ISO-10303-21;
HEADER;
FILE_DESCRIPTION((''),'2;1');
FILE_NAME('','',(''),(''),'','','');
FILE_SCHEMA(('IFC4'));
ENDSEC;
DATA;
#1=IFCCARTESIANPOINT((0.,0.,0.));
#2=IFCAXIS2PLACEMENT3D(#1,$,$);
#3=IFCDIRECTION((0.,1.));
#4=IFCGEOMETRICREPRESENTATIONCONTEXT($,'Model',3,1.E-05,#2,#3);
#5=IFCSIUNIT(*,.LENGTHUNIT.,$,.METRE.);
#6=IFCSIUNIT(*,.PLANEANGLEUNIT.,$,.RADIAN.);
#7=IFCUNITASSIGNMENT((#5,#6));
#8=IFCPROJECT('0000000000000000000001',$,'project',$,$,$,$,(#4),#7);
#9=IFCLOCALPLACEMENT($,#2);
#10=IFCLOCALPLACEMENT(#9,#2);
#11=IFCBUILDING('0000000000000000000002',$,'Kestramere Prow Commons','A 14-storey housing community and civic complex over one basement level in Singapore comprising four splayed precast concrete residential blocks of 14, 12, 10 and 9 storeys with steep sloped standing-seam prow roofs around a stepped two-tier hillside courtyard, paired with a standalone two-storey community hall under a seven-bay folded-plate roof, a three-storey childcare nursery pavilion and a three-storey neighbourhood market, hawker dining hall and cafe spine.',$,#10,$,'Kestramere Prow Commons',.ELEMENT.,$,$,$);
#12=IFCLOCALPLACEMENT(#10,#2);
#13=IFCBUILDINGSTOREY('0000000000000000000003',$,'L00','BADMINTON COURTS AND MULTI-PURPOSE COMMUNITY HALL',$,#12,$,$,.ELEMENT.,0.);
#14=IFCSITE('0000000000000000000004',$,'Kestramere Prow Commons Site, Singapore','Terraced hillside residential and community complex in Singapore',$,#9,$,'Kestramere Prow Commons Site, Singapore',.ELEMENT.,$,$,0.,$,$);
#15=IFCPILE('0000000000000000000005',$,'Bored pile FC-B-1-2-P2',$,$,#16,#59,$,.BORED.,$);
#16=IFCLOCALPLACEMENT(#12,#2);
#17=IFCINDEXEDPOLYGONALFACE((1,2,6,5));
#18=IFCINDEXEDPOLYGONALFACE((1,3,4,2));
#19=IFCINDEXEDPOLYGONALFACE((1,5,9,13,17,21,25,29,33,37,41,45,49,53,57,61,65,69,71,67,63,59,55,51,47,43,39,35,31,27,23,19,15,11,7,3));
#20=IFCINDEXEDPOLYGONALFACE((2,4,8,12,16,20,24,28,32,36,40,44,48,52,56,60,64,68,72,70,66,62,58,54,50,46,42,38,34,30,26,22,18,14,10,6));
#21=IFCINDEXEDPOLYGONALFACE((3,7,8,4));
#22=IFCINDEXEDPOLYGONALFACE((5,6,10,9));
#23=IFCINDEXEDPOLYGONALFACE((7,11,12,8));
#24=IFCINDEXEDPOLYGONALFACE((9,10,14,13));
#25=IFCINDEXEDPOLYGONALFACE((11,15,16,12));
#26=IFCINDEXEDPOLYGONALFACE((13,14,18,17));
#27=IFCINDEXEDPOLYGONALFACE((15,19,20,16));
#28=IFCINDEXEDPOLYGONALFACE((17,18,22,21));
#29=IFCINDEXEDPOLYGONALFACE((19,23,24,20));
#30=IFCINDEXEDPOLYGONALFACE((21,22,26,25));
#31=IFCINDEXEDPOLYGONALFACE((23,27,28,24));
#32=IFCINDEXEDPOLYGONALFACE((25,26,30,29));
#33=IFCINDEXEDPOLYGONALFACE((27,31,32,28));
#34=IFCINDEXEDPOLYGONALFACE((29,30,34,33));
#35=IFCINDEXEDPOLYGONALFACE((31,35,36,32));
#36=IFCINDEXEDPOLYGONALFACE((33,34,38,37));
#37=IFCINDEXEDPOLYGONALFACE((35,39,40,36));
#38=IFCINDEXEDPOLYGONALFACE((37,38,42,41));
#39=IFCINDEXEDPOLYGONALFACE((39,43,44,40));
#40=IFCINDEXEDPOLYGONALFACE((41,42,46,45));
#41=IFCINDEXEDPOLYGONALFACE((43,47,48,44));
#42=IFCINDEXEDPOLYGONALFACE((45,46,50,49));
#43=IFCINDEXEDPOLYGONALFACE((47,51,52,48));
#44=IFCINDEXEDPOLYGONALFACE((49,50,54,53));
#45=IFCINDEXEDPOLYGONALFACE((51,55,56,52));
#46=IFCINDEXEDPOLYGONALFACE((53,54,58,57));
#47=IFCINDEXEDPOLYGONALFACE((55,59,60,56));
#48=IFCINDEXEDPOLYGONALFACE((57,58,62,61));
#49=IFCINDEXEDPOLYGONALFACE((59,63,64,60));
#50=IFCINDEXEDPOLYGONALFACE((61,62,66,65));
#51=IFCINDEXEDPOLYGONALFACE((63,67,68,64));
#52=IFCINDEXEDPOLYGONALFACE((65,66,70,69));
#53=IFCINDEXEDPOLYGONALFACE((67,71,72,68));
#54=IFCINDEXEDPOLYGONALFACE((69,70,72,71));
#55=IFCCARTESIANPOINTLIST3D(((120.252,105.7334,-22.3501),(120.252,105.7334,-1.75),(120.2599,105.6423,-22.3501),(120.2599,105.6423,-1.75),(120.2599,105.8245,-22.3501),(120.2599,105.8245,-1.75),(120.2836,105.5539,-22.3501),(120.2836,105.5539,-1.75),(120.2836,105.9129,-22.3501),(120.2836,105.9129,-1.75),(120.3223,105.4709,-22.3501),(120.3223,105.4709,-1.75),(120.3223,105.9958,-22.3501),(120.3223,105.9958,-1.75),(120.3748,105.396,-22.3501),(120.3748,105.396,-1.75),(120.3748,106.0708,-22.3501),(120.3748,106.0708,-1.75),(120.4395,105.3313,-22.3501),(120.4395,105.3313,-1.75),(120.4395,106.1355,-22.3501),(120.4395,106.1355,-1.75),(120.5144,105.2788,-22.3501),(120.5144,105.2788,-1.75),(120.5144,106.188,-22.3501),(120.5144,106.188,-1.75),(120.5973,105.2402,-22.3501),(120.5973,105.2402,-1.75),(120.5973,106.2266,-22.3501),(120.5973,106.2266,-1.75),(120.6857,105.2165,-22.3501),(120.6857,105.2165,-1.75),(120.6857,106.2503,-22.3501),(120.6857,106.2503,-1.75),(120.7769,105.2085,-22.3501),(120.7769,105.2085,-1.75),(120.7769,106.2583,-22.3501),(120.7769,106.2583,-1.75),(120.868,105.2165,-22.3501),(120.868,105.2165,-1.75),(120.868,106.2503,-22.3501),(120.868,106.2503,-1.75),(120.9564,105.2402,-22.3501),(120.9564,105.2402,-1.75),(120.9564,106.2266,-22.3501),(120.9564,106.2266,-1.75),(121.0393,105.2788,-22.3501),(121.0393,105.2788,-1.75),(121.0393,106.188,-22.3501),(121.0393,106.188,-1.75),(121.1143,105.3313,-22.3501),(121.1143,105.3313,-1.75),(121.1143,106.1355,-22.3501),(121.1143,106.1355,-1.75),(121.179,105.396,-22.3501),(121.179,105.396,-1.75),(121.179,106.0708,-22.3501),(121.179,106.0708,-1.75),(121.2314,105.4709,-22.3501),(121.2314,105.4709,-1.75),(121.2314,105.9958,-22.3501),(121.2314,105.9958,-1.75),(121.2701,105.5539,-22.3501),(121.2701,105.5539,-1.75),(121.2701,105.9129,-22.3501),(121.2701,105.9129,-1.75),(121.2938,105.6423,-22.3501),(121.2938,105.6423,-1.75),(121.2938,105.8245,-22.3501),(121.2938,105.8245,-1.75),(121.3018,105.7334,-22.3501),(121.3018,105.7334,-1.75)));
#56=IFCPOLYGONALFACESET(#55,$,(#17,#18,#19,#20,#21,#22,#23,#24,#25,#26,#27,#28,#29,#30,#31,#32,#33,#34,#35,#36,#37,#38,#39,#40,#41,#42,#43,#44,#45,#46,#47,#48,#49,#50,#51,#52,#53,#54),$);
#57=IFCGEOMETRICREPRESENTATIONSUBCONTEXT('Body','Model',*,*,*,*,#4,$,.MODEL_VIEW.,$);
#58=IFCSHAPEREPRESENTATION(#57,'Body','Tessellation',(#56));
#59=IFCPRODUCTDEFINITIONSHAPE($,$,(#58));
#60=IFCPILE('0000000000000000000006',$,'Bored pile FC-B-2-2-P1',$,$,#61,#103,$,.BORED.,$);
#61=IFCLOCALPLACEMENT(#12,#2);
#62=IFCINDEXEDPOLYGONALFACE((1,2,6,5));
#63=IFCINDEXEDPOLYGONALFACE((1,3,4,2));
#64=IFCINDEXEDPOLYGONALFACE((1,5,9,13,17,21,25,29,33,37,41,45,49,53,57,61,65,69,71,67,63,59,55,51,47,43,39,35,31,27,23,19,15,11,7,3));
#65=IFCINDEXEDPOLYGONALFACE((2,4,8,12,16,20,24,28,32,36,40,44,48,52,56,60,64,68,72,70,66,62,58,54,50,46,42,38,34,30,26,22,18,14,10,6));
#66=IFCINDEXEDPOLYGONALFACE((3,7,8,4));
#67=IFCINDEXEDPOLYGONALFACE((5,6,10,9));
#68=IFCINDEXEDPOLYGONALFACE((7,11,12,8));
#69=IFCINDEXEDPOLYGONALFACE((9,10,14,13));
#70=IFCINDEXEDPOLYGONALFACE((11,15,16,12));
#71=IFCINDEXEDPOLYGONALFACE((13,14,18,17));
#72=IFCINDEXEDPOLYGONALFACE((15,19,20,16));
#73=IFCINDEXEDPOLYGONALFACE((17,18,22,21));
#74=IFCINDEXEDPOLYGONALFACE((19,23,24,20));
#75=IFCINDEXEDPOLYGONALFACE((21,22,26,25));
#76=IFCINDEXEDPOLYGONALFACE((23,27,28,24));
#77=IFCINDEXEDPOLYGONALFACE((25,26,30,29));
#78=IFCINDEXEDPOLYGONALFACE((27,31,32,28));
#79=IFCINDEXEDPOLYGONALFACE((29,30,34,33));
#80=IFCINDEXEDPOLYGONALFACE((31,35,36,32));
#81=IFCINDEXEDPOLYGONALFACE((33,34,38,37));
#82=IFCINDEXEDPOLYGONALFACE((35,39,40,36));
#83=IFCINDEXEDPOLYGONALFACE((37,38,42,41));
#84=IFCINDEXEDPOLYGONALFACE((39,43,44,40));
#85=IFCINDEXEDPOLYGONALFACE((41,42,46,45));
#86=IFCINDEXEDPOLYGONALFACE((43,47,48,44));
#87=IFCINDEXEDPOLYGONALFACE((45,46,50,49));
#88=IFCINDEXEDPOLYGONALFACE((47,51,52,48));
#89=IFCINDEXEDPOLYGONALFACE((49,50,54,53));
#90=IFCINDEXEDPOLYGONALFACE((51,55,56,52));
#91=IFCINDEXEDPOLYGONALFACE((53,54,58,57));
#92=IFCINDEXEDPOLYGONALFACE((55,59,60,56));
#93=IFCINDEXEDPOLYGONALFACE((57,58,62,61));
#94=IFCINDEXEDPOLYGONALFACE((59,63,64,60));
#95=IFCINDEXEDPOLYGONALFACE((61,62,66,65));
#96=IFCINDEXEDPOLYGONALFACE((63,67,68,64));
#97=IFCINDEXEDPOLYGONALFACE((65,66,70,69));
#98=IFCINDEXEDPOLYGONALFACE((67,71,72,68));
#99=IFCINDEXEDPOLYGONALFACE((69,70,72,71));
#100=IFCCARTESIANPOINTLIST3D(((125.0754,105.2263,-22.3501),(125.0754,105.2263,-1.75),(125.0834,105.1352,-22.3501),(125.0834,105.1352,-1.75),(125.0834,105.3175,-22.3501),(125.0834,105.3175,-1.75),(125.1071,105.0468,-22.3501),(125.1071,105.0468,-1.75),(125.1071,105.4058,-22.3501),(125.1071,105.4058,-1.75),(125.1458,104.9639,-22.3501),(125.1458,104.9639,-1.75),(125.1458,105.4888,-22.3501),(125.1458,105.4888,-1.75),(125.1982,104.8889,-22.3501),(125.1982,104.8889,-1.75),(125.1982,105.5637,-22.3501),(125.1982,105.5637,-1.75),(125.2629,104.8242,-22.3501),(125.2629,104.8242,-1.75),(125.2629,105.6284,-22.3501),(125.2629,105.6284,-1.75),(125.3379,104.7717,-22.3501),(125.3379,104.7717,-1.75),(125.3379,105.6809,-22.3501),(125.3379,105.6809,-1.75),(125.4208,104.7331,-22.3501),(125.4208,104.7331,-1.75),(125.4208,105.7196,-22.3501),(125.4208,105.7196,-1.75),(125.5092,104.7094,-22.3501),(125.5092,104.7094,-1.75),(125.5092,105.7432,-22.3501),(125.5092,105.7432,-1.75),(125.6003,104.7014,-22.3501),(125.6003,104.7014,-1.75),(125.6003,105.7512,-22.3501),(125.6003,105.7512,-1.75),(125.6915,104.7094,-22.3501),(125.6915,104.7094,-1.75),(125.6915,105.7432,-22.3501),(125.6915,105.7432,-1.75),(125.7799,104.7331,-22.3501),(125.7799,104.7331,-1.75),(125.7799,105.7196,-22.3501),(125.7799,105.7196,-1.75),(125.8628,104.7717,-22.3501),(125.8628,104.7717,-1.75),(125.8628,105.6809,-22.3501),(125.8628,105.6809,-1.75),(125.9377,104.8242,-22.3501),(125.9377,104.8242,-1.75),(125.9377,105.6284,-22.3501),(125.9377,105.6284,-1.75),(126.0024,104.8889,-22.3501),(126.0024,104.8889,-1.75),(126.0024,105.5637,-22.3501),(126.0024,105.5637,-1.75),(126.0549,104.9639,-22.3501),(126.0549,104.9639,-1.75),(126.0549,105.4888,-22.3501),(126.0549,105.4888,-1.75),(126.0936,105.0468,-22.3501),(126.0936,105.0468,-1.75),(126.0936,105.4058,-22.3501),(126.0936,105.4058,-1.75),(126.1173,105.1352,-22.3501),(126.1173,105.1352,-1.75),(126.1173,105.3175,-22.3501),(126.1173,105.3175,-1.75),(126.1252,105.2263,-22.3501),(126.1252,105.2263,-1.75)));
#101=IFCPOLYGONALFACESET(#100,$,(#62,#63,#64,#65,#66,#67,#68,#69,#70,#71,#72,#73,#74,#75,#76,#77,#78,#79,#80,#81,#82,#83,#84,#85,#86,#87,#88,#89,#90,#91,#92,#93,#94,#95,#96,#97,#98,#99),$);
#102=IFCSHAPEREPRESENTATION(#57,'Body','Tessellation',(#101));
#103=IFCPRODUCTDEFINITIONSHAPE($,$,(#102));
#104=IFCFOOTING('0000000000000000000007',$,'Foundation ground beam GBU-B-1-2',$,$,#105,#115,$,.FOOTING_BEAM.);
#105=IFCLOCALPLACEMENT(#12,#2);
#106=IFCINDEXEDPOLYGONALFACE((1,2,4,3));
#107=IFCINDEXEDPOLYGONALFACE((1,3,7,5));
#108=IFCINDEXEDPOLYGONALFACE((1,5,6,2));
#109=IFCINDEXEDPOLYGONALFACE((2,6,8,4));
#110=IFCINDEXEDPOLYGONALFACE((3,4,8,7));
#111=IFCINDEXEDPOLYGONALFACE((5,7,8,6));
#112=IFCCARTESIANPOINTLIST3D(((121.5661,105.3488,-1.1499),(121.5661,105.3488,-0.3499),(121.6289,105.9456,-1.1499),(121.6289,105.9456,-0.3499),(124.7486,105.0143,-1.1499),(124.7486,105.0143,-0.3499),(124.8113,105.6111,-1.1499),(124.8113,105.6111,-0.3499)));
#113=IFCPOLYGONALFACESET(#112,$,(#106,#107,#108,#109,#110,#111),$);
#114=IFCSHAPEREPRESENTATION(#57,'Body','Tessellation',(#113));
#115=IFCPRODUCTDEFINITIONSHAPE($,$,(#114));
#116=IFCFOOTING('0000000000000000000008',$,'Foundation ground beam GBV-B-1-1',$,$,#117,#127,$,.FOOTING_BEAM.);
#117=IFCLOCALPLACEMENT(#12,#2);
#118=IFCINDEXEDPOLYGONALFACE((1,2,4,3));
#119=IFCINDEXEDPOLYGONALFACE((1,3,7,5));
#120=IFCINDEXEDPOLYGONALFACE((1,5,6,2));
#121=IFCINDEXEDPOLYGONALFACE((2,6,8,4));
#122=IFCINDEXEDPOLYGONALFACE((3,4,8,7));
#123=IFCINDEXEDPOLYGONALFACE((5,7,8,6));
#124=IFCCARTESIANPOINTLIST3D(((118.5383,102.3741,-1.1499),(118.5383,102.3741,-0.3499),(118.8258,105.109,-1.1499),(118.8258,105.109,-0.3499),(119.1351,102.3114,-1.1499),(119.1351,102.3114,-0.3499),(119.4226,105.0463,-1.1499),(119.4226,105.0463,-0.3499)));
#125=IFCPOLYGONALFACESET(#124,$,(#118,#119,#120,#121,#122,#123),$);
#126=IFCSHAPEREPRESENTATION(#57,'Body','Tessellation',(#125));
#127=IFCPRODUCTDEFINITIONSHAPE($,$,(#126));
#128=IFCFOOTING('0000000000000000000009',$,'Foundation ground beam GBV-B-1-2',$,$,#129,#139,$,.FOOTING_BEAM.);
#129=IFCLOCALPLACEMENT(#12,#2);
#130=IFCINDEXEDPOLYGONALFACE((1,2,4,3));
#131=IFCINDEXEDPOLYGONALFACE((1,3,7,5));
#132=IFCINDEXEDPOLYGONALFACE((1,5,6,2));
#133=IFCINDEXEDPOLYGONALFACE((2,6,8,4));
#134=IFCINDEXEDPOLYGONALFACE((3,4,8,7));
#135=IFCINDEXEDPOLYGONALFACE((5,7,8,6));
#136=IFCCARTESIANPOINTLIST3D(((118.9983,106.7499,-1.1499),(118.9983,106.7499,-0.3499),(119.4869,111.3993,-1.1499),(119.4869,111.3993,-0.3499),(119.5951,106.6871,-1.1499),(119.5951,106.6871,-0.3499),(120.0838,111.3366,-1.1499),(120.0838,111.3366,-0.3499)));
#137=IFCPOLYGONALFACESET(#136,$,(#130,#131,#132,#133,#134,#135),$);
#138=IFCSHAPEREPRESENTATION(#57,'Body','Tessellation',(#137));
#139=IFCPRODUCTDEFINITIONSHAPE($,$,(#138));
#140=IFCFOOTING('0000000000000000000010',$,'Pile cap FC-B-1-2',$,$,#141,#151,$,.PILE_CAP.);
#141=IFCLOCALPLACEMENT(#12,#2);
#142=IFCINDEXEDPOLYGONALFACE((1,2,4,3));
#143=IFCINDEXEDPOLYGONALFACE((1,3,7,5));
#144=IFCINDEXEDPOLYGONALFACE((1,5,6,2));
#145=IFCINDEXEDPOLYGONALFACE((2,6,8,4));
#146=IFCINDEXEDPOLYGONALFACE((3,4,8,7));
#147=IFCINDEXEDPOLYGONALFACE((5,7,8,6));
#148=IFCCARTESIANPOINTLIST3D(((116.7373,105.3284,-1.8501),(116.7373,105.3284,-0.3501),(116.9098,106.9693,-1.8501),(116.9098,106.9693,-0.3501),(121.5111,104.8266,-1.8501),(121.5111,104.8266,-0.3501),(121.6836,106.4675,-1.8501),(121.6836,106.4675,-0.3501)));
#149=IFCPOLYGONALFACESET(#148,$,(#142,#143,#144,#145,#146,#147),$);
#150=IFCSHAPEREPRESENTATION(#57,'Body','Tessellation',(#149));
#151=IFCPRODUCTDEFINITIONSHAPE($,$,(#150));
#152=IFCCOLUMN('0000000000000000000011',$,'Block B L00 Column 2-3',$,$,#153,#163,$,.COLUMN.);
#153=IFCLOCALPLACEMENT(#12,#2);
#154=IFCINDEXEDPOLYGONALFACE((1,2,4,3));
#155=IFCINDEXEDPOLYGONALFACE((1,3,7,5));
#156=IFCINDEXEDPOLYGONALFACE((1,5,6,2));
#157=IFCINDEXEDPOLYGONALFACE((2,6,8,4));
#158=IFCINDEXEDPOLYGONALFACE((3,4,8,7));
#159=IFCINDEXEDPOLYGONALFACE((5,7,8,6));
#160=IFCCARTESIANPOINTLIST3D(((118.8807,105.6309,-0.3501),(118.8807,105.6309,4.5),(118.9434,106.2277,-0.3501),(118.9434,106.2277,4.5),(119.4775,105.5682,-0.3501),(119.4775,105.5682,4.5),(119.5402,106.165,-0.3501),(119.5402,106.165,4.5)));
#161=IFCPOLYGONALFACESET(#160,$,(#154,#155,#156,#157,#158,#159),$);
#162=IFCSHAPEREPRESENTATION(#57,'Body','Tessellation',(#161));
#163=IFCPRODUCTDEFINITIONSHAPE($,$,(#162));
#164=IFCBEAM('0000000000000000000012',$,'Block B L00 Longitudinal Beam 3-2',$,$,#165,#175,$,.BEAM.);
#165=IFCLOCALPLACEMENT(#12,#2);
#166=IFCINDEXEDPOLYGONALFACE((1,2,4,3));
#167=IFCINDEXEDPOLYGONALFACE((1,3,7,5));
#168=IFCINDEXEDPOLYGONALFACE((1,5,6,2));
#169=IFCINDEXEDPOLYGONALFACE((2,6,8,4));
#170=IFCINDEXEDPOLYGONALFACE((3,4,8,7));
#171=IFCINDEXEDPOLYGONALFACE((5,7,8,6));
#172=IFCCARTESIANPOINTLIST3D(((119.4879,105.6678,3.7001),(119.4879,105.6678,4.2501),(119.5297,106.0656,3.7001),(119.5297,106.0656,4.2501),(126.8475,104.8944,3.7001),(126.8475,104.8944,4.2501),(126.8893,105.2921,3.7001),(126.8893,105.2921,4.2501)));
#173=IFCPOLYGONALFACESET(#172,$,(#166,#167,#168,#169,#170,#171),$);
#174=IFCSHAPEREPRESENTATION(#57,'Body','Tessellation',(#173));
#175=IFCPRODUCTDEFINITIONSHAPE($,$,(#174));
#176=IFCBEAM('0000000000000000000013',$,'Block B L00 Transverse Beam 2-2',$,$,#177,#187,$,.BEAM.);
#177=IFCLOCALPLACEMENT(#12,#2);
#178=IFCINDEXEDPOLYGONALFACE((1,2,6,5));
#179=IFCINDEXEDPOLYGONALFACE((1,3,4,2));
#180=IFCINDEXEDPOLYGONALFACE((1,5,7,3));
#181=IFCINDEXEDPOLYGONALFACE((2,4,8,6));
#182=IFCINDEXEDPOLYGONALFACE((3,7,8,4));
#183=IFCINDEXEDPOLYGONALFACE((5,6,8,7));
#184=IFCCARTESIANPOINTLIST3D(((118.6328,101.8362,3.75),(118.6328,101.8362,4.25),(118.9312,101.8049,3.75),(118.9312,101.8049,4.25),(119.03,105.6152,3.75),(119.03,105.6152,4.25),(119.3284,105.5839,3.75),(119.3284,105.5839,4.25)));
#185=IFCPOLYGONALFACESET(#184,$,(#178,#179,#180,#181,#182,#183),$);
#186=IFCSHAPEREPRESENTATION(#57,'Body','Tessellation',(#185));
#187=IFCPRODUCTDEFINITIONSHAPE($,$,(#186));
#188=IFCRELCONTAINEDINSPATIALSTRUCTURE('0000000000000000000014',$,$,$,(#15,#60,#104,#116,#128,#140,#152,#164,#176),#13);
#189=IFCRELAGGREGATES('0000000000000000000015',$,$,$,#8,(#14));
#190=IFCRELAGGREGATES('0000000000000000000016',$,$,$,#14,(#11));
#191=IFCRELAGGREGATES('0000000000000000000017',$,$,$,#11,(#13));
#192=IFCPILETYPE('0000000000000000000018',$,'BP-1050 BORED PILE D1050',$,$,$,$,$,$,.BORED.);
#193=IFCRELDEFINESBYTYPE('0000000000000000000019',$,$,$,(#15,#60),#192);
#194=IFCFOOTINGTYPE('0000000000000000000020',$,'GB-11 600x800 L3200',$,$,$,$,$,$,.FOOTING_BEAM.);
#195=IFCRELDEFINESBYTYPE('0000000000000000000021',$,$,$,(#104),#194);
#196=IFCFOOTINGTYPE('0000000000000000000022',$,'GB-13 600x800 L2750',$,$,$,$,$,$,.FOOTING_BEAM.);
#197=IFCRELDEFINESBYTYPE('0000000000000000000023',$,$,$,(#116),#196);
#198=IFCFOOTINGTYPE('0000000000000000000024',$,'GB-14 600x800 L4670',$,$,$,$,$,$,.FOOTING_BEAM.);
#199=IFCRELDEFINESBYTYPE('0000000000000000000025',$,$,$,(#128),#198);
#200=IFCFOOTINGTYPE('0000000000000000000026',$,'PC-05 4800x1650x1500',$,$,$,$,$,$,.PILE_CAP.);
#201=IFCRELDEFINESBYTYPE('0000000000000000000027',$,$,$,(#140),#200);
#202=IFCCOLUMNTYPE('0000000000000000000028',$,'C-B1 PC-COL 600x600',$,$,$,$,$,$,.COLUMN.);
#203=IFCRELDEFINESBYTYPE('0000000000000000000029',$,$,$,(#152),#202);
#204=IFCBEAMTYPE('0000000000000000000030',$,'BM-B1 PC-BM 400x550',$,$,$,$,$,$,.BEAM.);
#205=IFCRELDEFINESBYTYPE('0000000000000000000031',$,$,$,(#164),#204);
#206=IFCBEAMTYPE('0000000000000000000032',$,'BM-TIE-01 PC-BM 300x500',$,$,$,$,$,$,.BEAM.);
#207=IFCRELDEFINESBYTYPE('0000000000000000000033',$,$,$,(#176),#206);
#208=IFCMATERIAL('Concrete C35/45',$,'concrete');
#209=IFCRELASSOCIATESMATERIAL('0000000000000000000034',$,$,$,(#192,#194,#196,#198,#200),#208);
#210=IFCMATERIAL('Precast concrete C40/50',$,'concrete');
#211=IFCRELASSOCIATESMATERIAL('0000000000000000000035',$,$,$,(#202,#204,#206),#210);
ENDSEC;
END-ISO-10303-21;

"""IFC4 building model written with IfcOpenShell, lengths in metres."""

from ifc_helpers import new_model, si_unit, direction, frame, origin, origin_2d, place, context, subcontext, project, spatial, rectangle, circle, extrude, material, material_profile, profile_set, type_object, element, save


model = new_model("IFC4")

# Units and contexts
model_context = context("Model", 3, precision=1e-05, world=origin(), true_north=direction((0.0, 1.0)))
body_context = subcontext(model_context, "Body", "Model", "MODEL_VIEW")
ifc_project = project(units=[si_unit("LENGTHUNIT", "METRE"), si_unit("PLANEANGLEUNIT", "RADIAN")], contexts=[model_context])

# Site, building, storey
site_placement = place(None, origin())
site = spatial("IfcSite", under=ifc_project, at=site_placement, Name="Kestramere Prow Commons Site, Singapore", Description="Terraced hillside residential and community complex in Singapore", LongName="Kestramere Prow Commons Site, Singapore", CompositionType="ELEMENT", RefElevation=0.0)
building_placement = place(site_placement, origin())
building = spatial("IfcBuilding", under=site, at=building_placement, Name="Kestramere Prow Commons", Description="A 14-storey housing community and civic complex over one basement level in Singapore comprising four splayed precast concrete residential blocks of 14, 12, 10 and 9 storeys with steep sloped standing-seam prow roofs around a stepped two-tier hillside courtyard, paired with a standalone two-storey community hall under a seven-bay folded-plate roof, a three-storey childcare nursery pavilion and a three-storey neighbourhood market, hawker dining hall and cafe spine.", LongName="Kestramere Prow Commons", CompositionType="ELEMENT")
storey_placement = place(building_placement, origin())
storey = spatial("IfcBuildingStorey", under=building, at=storey_placement, Name="L00", Description="BADMINTON COURTS AND MULTI-PURPOSE COMMUNITY HALL", CompositionType="ELEMENT", Elevation=0.0)

# Piles
ifc_material_1 = material(Name="Concrete C35/45", Category="concrete")
ifc_material_profile_1 = material_profile(ifc_material_1, circle(Radius=0.5249, at=origin_2d()), Name="BORED PILE D1050")
ifc_profile_set_1 = profile_set([ifc_material_profile_1], Name="Concrete C35/45")
pile_type = type_object("IfcPileType", Name="BP-1050 BORED PILE D1050", PredefinedType="BORED", material=ifc_profile_set_1)
for number, where, z_axis, x_axis, name in (
    (1, (120.7769, 105.7334, -1.75), (0.0, 0.0, -1.0), (1.0, 0.0, 0.0), "Bored pile FC-B-1-2-P2"),
    (2, (125.6003, 105.2263, -1.75), (0.0, 0.0, -1.0), (1.0, 0.0, 0.0), "Bored pile FC-B-2-2-P1"),
):
    element("IfcPile", number, at=place(storey_placement, frame(where, z_axis=z_axis, x_axis=x_axis)), inside=storey, type_object=pile_type, Name=name, PredefinedType="BORED", context=body_context, shape_type="SweptSolid", body=[
        extrude(circle(Radius=0.5249, at=origin_2d()), origin(), (0.0, 0.0, 1.0), 20.6001),
    ])

# Footings
footing_type_1 = type_object("IfcFootingType", Name="GB-11 600x800 L3200", PredefinedType="FOOTING_BEAM", material=ifc_material_1)
footing_1_placement = place(storey_placement, frame((123.1887, 105.48, -1.1499), z_axis=(0.0, 0.0, 1.0), x_axis=(0.994522, -0.104528, 0.0)))
element("IfcFooting", 3, at=footing_1_placement, inside=storey, type_object=footing_type_1, Name="Foundation ground beam GBU-B-1-2", PredefinedType="FOOTING_BEAM", context=body_context, shape_type="SweptSolid", body=[
    extrude(rectangle(XDim=3.2, YDim=0.6001, at=origin_2d()), origin(), (0.0, 0.0, 1.0), 0.8),
])
footing_type_2 = type_object("IfcFootingType", Name="GB-13 600x800 L2750", PredefinedType="FOOTING_BEAM", material=ifc_material_1)
footing_2_placement = place(storey_placement, frame((118.9805, 103.7102, -1.1499), z_axis=(0.0, 0.0, 1.0), x_axis=(0.104528, 0.994522, 0.0)))
element("IfcFooting", 4, at=footing_2_placement, inside=storey, type_object=footing_type_2, Name="Foundation ground beam GBV-B-1-1", PredefinedType="FOOTING_BEAM", context=body_context, shape_type="SweptSolid", body=[
    extrude(rectangle(XDim=2.75, YDim=0.6001, at=origin_2d()), origin(), (0.0, 0.0, 1.0), 0.8),
])
footing_type_3 = type_object("IfcFootingType", Name="GB-14 600x800 L4670", PredefinedType="FOOTING_BEAM", material=ifc_material_1)
footing_3_placement = place(storey_placement, frame((119.541, 109.0432, -1.1499), z_axis=(0.0, 0.0, 1.0), x_axis=(0.104528, 0.994522, 0.0)))
element("IfcFooting", 5, at=footing_3_placement, inside=storey, type_object=footing_type_3, Name="Foundation ground beam GBV-B-1-2", PredefinedType="FOOTING_BEAM", context=body_context, shape_type="SweptSolid", body=[
    extrude(rectangle(XDim=4.675, YDim=0.6001, at=origin_2d()), origin(), (0.0, 0.0, 1.0), 0.8),
])
footing_type_4 = type_object("IfcFootingType", Name="PC-05 4800x1650x1500", PredefinedType="PILE_CAP", material=ifc_material_1)
footing_4_placement = place(storey_placement, frame((119.2104, 105.8979, -1.8501), z_axis=(0.0, 0.0, 1.0), x_axis=(0.994522, -0.104528, 0.0)))
element("IfcFooting", 6, at=footing_4_placement, inside=storey, type_object=footing_type_4, Name="Pile cap FC-B-1-2", PredefinedType="PILE_CAP", context=body_context, shape_type="SweptSolid", body=[
    extrude(rectangle(XDim=4.8, YDim=1.6499, at=origin_2d()), origin(), (0.0, 0.0, 1.0), 1.5),
])

# Column
ifc_material_2 = material(Name="Precast concrete C40/50", Category="concrete")
ifc_material_profile_2 = material_profile(ifc_material_2, rectangle(XDim=0.6001, YDim=0.6001, at=origin_2d()), Name="PC-COL 600x600")
ifc_profile_set_2 = profile_set([ifc_material_profile_2], Name="Precast concrete C40/50")
column_type = type_object("IfcColumnType", Name="C-B1 PC-COL 600x600", PredefinedType="COLUMN", material=ifc_profile_set_2)
column_placement = place(storey_placement, frame((119.2104, 105.8979, -0.3501), z_axis=(0.0, 0.0, 1.0), x_axis=(0.994522, -0.104528, 0.0)))
element("IfcColumn", 7, at=column_placement, inside=storey, type_object=column_type, Name="Block B L00 Column 2-3", PredefinedType="COLUMN", context=body_context, shape_type="SweptSolid", body=[
    extrude(rectangle(XDim=0.6001, YDim=0.6001, at=origin_2d()), origin(), (0.0, 0.0, 1.0), 4.8501),
])

# Beams
ifc_material_profile_3 = material_profile(ifc_material_2, rectangle(XDim=0.3999, YDim=0.55, at=origin_2d()), Name="PC-BM 400x550")
ifc_profile_set_3 = profile_set([ifc_material_profile_3], Name="Precast concrete C40/50")
beam_type_1 = type_object("IfcBeamType", Name="BM-B1 PC-BM 400x550", PredefinedType="BEAM", material=ifc_profile_set_3)
beam_1_placement = place(storey_placement, frame((119.5088, 105.8667, 3.9751), z_axis=(0.994523, -0.104516, 0.0), x_axis=(0.104516, 0.994523, 0.0)))
element("IfcBeam", 8, at=beam_1_placement, inside=storey, type_object=beam_type_1, Name="Block B L00 Longitudinal Beam 3-2", PredefinedType="BEAM", context=body_context, shape_type="SweptSolid", body=[
    extrude(rectangle(XDim=0.3999, YDim=0.55, at=origin_2d()), origin(), (0.0, 0.0, 1.0), 7.4001),
])
ifc_material_profile_4 = material_profile(ifc_material_2, rectangle(XDim=0.3, YDim=0.5, at=origin_2d()), Name="PC-BM 300x500")
ifc_profile_set_4 = profile_set([ifc_material_profile_4], Name="Precast concrete C40/50")
beam_type_2 = type_object("IfcBeamType", Name="BM-TIE-01 PC-BM 300x500", PredefinedType="BEAM", material=ifc_profile_set_4)
beam_2_placement = place(storey_placement, frame((118.782, 101.8206, 4.0), z_axis=(0.104534, 0.994521, 0.0), x_axis=(-0.994521, 0.104534, 0.0)))
element("IfcBeam", 9, at=beam_2_placement, inside=storey, type_object=beam_type_2, Name="Block B L00 Transverse Beam 2-2", PredefinedType="BEAM", context=body_context, shape_type="SweptSolid", body=[
    extrude(rectangle(XDim=0.3, YDim=0.5, at=origin_2d()), origin(), (0.0, 0.0, 1.0), 3.7998),
])

save(model, "model.ifc")
